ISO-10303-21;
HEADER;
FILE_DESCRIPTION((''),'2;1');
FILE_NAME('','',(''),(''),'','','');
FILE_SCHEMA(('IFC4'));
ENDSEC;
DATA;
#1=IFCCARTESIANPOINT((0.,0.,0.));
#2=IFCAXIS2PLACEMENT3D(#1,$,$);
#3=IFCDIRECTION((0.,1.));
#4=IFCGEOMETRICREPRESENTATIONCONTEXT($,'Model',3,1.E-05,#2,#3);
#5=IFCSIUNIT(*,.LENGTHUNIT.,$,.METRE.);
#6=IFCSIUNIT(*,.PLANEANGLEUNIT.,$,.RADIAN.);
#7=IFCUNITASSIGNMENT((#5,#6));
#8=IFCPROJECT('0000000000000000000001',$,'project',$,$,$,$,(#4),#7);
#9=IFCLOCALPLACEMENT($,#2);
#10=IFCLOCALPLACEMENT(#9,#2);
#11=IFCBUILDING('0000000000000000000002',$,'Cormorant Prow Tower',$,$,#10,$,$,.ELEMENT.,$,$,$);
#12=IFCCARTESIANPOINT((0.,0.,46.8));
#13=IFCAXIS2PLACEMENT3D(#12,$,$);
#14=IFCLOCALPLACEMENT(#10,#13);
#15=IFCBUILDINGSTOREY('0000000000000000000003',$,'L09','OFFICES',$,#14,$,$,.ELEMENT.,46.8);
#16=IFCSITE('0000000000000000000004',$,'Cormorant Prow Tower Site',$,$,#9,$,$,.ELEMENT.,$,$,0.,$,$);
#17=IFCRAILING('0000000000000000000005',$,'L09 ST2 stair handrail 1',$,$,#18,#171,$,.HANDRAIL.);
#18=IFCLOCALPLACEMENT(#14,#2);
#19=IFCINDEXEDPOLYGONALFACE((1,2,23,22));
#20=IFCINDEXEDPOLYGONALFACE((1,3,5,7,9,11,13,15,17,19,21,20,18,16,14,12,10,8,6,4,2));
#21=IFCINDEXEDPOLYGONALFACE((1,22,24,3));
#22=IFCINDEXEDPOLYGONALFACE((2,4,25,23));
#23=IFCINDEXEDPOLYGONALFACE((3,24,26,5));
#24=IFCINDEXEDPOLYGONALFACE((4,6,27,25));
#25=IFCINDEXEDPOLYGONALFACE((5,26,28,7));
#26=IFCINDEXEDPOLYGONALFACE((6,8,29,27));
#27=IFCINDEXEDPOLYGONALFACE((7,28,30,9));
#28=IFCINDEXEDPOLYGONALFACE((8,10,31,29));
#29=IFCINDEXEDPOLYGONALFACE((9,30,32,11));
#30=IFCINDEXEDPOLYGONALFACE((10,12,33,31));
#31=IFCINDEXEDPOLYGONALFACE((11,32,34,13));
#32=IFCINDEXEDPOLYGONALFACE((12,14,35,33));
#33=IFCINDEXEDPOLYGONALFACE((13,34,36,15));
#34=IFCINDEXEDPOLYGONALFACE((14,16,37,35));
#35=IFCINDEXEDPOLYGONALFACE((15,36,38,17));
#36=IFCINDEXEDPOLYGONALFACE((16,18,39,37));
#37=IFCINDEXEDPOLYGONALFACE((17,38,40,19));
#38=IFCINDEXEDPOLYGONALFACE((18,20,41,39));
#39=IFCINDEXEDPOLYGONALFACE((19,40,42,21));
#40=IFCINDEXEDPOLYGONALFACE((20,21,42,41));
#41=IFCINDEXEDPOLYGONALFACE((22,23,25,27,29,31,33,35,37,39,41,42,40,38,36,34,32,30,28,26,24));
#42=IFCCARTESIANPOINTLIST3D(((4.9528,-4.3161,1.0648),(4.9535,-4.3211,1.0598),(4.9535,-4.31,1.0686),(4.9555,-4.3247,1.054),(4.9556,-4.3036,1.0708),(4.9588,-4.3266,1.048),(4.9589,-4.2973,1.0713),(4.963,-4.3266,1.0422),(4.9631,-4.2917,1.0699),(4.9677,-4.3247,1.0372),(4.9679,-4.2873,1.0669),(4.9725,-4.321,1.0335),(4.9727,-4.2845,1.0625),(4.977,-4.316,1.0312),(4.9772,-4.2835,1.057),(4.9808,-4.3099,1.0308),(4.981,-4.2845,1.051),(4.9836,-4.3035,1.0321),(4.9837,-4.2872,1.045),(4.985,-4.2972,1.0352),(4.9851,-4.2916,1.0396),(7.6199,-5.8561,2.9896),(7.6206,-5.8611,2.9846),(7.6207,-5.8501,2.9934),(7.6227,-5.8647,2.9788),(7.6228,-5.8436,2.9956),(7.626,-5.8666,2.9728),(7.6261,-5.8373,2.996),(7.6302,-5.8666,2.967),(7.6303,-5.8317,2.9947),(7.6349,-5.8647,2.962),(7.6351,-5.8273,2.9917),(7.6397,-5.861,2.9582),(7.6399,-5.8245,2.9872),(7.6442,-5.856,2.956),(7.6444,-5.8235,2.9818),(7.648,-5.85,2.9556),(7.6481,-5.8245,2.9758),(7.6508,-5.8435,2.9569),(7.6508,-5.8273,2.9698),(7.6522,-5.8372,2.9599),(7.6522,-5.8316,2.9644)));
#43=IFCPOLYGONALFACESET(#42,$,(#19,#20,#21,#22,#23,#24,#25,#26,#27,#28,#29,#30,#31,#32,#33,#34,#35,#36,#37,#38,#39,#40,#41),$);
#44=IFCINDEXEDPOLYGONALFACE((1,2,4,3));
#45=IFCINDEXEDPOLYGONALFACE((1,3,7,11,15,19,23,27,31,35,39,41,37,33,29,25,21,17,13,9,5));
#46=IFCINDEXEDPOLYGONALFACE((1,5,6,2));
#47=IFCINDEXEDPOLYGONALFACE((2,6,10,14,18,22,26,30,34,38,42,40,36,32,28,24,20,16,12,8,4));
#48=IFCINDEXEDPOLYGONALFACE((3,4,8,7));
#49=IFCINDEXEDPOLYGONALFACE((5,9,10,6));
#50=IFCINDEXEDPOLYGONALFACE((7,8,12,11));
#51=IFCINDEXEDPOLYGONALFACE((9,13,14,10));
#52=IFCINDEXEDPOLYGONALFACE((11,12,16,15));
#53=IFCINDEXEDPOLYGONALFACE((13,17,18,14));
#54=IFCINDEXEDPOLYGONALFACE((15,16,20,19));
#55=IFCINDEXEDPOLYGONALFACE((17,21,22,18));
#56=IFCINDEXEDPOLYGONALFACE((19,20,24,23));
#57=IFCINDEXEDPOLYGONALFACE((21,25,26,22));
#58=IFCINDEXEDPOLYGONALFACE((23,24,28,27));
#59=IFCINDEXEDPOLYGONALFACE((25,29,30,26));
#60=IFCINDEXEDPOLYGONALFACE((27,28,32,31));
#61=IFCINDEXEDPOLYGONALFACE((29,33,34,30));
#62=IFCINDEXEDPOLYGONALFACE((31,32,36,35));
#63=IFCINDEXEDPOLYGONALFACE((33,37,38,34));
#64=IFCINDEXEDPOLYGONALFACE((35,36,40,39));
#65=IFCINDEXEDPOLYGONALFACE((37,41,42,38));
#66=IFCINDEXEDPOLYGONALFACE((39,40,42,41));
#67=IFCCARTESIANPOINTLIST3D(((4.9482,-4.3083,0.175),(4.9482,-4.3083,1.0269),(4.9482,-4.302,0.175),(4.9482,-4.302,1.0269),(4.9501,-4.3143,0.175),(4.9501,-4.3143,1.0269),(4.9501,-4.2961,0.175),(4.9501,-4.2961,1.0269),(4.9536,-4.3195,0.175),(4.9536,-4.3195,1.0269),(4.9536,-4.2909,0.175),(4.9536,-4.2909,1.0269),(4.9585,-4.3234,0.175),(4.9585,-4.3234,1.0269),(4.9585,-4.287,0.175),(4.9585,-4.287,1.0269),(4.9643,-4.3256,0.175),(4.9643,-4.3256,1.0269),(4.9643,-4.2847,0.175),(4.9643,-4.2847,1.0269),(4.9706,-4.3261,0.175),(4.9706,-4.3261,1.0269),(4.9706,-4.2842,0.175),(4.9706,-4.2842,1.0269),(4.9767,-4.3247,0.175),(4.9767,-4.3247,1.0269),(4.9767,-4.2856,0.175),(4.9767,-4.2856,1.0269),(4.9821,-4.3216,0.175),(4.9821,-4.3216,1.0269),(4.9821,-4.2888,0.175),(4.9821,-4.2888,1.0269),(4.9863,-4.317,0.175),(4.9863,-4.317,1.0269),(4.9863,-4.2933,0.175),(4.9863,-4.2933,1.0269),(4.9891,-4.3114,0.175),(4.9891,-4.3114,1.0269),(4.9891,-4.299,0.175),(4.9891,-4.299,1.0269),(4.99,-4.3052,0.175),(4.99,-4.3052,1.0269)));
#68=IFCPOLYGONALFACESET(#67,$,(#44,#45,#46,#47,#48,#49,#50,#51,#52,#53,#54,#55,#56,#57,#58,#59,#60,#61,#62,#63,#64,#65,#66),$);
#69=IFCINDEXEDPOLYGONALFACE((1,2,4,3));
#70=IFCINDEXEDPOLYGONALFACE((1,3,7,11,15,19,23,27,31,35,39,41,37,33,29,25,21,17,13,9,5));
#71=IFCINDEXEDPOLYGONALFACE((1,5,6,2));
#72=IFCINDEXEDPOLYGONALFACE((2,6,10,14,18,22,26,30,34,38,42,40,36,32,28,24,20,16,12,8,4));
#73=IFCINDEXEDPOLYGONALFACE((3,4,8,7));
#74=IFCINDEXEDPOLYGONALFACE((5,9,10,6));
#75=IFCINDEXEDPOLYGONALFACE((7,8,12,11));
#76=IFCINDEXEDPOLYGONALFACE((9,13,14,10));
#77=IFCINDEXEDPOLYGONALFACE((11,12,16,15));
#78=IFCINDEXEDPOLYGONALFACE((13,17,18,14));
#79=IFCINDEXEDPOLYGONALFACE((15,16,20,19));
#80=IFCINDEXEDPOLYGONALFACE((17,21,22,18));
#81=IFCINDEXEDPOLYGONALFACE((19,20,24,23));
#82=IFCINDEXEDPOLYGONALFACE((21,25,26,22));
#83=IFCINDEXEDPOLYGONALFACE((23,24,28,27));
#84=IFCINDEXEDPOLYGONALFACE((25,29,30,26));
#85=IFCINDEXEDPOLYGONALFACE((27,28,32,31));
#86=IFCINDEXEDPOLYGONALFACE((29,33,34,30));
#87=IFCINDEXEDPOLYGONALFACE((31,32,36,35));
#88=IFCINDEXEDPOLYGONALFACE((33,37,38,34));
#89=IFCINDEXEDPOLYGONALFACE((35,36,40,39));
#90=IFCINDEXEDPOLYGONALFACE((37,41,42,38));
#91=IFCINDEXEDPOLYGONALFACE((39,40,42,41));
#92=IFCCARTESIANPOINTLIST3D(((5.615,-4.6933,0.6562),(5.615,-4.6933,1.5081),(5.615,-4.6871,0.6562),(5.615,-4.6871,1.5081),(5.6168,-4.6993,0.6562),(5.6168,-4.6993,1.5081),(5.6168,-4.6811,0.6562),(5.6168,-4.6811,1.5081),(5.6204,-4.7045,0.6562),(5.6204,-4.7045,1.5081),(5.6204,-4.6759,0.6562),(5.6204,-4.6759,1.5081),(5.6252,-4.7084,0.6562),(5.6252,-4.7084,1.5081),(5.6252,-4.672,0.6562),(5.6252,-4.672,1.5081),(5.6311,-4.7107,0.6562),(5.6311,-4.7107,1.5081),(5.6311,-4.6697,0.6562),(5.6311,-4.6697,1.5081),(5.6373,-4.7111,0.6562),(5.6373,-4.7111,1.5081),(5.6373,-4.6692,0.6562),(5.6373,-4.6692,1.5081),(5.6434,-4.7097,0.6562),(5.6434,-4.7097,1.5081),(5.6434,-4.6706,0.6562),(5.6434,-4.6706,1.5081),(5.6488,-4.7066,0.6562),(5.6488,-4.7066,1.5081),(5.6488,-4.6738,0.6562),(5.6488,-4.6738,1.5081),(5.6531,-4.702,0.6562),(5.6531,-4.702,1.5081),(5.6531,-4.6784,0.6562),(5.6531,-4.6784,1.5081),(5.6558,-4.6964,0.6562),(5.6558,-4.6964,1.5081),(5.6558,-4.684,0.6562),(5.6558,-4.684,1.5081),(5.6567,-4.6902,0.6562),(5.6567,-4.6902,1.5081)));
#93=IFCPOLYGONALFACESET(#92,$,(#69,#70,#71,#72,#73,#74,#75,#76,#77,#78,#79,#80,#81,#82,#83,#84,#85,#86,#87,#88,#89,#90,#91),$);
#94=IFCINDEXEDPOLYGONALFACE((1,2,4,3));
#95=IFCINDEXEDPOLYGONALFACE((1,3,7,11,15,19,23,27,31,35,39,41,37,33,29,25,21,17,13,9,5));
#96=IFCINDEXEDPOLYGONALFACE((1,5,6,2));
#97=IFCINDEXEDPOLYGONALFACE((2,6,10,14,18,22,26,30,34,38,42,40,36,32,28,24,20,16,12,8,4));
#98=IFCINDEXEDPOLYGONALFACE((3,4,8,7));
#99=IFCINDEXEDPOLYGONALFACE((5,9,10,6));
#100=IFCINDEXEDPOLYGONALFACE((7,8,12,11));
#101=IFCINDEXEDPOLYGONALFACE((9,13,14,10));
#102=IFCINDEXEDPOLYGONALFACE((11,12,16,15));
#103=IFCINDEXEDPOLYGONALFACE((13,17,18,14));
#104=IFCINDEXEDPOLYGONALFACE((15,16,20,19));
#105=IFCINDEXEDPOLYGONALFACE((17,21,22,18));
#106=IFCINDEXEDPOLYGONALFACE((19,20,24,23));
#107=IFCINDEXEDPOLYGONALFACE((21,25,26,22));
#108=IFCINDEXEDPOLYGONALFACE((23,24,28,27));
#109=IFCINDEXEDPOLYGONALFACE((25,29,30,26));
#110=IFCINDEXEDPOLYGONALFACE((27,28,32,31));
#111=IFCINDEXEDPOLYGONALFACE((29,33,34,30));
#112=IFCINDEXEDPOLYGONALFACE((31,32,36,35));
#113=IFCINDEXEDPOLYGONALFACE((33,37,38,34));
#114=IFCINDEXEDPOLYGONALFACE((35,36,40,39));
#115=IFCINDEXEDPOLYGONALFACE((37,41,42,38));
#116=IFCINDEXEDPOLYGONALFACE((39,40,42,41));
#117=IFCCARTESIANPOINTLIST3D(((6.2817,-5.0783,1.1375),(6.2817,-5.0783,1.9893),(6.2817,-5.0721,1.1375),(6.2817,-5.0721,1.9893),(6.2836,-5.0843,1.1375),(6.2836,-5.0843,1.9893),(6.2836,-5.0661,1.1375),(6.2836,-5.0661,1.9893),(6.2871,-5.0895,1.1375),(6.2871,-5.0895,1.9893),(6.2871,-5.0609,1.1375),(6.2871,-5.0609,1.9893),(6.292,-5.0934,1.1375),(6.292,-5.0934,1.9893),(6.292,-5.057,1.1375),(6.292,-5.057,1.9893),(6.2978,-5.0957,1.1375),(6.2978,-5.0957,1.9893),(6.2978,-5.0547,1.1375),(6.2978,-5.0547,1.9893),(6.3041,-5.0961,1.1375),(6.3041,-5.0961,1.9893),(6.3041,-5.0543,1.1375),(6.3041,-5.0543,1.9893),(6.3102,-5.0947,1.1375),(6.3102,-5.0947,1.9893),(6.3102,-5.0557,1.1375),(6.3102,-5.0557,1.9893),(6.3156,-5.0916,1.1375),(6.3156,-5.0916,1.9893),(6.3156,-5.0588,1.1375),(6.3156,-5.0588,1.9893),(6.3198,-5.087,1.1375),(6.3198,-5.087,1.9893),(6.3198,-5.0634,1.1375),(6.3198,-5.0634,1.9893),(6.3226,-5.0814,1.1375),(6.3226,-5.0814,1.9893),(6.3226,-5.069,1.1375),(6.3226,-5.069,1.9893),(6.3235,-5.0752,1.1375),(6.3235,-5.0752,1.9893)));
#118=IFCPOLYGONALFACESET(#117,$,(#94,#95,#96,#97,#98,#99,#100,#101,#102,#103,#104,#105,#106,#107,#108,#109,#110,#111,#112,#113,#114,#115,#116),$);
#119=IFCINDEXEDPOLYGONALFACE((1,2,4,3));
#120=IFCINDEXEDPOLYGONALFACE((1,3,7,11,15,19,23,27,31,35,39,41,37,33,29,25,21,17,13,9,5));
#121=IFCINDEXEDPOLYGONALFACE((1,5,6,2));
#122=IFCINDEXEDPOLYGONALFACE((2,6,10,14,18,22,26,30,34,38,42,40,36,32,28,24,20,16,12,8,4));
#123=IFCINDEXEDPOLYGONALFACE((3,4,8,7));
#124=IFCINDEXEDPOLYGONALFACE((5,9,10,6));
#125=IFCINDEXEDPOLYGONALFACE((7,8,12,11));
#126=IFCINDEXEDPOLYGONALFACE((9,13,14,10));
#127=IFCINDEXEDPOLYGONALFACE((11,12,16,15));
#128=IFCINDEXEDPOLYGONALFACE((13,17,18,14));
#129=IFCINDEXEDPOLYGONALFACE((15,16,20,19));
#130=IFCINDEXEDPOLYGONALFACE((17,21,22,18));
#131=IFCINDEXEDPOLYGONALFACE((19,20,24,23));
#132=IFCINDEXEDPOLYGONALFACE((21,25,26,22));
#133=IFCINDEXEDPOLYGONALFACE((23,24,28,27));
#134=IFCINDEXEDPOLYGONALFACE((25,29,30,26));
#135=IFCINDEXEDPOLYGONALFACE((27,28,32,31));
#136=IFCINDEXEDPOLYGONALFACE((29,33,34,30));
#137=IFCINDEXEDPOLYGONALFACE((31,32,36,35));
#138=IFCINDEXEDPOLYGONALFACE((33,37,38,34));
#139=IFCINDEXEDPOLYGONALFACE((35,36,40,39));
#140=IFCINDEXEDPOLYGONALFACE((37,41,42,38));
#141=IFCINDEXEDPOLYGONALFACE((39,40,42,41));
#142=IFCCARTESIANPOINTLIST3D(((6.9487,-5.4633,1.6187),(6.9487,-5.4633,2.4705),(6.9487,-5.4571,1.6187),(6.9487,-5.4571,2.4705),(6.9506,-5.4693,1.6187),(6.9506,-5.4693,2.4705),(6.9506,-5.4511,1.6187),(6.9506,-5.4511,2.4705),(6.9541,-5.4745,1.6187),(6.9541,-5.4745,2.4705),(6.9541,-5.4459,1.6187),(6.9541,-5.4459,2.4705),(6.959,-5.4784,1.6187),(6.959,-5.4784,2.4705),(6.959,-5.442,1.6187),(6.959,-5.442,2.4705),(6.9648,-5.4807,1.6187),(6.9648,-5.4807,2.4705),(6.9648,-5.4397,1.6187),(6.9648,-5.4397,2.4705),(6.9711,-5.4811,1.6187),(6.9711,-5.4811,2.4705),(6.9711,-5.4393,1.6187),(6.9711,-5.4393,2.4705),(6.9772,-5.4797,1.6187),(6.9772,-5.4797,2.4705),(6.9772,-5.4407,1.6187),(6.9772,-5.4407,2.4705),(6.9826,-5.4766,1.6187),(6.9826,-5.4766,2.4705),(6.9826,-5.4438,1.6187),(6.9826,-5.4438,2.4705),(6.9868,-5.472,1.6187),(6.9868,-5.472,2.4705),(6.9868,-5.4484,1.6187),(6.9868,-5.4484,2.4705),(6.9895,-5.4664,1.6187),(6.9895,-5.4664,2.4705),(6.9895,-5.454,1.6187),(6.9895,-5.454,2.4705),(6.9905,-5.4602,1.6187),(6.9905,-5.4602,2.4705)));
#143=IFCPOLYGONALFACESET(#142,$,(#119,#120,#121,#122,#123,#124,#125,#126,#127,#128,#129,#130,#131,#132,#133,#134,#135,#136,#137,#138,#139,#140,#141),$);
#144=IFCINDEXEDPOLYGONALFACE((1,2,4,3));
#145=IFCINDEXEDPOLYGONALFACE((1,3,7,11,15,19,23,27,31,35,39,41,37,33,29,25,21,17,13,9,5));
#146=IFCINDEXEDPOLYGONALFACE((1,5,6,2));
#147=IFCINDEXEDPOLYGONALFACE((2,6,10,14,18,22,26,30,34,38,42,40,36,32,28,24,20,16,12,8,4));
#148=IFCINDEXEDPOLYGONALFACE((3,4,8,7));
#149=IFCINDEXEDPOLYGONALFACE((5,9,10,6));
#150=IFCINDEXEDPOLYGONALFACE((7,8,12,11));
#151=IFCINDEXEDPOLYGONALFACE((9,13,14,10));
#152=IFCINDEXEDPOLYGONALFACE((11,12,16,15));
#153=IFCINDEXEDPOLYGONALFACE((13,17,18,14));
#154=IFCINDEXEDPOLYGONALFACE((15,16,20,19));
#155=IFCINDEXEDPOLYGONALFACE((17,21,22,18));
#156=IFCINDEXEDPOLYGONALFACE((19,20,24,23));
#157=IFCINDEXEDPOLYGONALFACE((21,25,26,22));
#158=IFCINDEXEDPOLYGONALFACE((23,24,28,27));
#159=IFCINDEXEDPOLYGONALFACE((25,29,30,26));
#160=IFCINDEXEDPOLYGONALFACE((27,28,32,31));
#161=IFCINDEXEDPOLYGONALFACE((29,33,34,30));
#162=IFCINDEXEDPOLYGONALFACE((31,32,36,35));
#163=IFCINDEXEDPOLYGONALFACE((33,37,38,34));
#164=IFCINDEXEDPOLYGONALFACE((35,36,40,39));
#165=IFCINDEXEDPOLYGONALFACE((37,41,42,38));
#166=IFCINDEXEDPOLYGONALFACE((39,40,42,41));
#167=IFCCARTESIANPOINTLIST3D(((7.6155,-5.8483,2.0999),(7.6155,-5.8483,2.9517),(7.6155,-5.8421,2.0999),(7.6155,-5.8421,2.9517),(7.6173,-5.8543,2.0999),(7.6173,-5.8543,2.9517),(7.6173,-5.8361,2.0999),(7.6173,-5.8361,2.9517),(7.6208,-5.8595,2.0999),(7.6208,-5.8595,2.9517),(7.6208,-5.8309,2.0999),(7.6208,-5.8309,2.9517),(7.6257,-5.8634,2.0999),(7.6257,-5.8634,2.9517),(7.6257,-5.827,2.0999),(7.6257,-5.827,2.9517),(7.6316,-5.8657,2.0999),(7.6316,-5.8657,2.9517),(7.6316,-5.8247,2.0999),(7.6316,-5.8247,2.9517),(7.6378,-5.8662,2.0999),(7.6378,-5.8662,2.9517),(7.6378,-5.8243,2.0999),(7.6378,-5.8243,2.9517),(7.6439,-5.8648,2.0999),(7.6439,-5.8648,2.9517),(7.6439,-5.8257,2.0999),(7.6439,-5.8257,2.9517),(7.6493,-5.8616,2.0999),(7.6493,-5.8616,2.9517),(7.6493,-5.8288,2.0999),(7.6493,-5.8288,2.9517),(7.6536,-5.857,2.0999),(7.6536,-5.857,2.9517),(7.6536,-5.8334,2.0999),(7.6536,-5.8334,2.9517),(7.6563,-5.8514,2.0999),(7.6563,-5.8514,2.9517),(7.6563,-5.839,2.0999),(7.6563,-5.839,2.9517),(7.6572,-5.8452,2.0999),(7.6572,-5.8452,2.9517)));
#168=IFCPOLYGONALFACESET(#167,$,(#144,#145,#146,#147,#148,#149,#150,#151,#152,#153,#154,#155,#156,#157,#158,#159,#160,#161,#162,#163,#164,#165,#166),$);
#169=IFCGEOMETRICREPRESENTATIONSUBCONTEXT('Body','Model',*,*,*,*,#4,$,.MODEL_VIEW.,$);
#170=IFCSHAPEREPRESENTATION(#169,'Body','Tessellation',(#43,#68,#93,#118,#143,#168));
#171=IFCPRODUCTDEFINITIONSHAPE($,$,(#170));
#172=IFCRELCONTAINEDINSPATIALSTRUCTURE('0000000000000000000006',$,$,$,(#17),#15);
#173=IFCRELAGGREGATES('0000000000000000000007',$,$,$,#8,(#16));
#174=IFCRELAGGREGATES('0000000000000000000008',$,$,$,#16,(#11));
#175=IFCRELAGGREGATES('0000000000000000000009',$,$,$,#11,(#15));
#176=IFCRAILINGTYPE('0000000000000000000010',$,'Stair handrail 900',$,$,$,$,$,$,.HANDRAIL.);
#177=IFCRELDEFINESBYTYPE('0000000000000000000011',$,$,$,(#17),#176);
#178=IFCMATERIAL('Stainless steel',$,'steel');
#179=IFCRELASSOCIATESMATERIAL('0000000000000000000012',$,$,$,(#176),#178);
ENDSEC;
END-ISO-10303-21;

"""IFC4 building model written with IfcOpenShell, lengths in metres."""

from ifc_helpers import new_model, si_unit, direction, frame, origin, origin_2d, place, context, subcontext, project, spatial, circle, extrude, material, type_object, element, save


model = new_model("IFC4")

# Units and contexts
model_context = context("Model", 3, precision=1e-05, world=origin(), true_north=direction((0.0, 1.0)))
body_context = subcontext(model_context, "Body", "Model", "MODEL_VIEW")
ifc_project = project(units=[si_unit("LENGTHUNIT", "METRE"), si_unit("PLANEANGLEUNIT", "RADIAN")], contexts=[model_context])

# Site, building, storey
site_placement = place(None, origin())
site = spatial("IfcSite", under=ifc_project, at=site_placement, Name="Cormorant Prow Tower Site", CompositionType="ELEMENT", RefElevation=0.0)
building_placement = place(site_placement, origin())
building = spatial("IfcBuilding", under=site, at=building_placement, Name="Cormorant Prow Tower", CompositionType="ELEMENT")
storey_placement = place(building_placement, frame((0.0, 0.0, 46.8)))
storey = spatial("IfcBuildingStorey", under=building, at=storey_placement, Name="L09", Description="OFFICES", CompositionType="ELEMENT", Elevation=46.8)

# Railing
ifc_material_1 = material(Name="Stainless steel", Category="steel")
railing_type_1 = type_object("IfcRailingType", Name="Stair handrail 900", PredefinedType="HANDRAIL", material=ifc_material_1)
railing_1_placement = place(storey_placement, frame((4.969, -4.3052, 0.175)))
element("IfcRailing", 1, at=railing_1_placement, inside=storey, type_object=railing_type_1, Name="L09 ST2 stair handrail 1", PredefinedType="HANDRAIL", context=body_context, shape_type="SweptSolid", body=[
    extrude(circle(Radius=0.0239, at=origin_2d()), frame((0.0, 0.0, 0.876), z_axis=(0.73439, -0.424031, 0.529971), x_axis=(0.500027, 0.86601, 0.0)), (0.0, 0.0, 1.0), 3.6318),
    extrude(circle(Radius=0.021, at=origin_2d()), origin(), (0.0, 0.0, 1.0), 0.8518),
    extrude(circle(Radius=0.021, at=origin_2d()), frame((0.6667, -0.385, 0.4812)), (0.0, 0.0, 1.0), 0.8518),
    extrude(circle(Radius=0.021, at=origin_2d()), frame((1.3335, -0.77, 0.9624)), (0.0, 0.0, 1.0), 0.8518),
    extrude(circle(Radius=0.021, at=origin_2d()), frame((2.0005, -1.155, 1.4436)), (0.0, 0.0, 1.0), 0.8518),
    extrude(circle(Radius=0.021, at=origin_2d()), frame((2.6672, -1.54, 1.9248)), (0.0, 0.0, 1.0), 0.8518),
])

save(model, "model.ifc")
